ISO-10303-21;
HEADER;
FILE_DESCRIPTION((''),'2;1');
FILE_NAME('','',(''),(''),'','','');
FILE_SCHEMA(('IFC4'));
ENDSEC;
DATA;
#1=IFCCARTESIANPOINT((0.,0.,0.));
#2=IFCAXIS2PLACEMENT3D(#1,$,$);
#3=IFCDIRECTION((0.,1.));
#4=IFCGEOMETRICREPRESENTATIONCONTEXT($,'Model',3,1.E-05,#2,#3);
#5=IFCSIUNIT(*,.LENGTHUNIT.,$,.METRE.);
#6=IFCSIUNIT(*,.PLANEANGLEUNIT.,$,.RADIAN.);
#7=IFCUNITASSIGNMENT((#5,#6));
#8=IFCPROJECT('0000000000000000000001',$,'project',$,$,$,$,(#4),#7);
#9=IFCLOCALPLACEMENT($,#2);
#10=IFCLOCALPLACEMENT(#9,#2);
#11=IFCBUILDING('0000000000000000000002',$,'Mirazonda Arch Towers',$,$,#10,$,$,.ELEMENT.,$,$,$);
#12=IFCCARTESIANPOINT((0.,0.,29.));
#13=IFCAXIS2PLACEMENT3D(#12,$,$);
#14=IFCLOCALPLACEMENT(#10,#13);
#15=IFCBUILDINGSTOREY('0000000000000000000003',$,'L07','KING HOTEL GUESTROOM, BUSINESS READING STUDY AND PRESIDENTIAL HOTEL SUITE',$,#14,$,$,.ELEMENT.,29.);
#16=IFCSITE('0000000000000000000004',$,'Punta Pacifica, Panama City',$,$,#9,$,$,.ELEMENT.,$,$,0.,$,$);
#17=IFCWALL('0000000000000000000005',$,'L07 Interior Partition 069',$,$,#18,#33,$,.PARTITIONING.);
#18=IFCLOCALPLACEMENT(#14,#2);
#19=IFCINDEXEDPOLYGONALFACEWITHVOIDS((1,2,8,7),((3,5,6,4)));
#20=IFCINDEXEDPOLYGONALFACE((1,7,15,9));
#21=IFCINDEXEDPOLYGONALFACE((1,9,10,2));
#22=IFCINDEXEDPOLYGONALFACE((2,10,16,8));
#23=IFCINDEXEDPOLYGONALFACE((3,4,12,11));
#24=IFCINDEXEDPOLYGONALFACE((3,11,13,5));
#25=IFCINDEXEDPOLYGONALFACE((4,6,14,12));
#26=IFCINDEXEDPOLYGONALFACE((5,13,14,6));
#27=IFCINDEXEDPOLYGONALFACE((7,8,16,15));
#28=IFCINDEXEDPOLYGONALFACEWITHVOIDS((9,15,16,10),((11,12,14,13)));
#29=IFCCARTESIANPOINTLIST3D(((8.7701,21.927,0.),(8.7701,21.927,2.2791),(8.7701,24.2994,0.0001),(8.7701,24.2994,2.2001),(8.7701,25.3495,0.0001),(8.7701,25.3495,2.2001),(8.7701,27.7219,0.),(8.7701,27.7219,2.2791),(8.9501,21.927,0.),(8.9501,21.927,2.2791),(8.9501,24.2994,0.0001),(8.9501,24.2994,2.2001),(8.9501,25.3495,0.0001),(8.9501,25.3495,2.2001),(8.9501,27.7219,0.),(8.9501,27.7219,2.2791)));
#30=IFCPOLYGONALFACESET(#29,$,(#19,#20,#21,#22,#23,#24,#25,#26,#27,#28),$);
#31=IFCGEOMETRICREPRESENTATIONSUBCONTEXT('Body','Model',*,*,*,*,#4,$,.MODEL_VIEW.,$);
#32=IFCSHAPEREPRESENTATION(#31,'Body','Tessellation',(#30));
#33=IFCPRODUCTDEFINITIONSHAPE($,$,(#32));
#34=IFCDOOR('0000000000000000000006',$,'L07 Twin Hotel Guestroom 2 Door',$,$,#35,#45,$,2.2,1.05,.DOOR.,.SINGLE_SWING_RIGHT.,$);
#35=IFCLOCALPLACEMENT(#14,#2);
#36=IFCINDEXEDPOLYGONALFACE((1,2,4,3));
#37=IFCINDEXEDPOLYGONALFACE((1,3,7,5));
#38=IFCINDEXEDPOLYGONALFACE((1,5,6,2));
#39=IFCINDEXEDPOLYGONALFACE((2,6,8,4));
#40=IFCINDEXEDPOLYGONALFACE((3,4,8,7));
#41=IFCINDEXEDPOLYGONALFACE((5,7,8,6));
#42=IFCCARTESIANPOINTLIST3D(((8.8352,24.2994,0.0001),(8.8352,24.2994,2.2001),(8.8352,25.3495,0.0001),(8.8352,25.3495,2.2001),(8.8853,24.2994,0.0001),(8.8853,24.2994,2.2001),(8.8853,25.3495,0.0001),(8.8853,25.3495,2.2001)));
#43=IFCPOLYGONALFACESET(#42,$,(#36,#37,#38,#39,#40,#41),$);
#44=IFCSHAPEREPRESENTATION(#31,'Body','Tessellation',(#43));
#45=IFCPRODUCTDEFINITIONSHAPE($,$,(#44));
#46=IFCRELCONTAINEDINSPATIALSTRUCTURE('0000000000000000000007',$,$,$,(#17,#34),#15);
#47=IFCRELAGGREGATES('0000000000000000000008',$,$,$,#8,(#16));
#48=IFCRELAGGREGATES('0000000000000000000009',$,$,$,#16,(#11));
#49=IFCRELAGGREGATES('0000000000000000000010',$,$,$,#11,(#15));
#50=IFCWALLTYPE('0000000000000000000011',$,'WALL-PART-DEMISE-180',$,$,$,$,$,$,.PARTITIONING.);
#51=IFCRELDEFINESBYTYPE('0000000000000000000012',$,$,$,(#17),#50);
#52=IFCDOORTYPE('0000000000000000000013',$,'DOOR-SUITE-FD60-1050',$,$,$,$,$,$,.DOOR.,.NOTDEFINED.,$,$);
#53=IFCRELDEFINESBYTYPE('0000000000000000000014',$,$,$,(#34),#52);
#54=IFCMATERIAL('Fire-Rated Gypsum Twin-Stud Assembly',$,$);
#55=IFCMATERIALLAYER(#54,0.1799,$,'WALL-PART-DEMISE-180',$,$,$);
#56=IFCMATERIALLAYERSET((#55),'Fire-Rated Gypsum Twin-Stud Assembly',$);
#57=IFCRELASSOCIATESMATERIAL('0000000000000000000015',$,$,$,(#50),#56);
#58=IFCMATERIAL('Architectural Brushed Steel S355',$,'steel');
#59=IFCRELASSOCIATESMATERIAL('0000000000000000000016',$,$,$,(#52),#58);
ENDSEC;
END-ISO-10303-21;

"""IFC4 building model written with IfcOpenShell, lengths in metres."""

from ifc_helpers import new_model, si_unit, direction, frame, frame_2d, origin, place, context, subcontext, project, spatial, rectangle, extrude, material, layer, layer_set, type_object, element, fill, save


model = new_model("IFC4")

# Units and contexts
model_context = context("Model", 3, precision=1e-05, world=origin(), true_north=direction((0.0, 1.0)))
body_context = subcontext(model_context, "Body", "Model", "MODEL_VIEW")
ifc_project = project(units=[si_unit("LENGTHUNIT", "METRE"), si_unit("PLANEANGLEUNIT", "RADIAN")], contexts=[model_context])

# Site, building, storey
site_placement = place(None, origin())
site = spatial("IfcSite", under=ifc_project, at=site_placement, Name="Punta Pacifica, Panama City", CompositionType="ELEMENT", RefElevation=0.0)
building_placement = place(site_placement, origin())
building = spatial("IfcBuilding", under=site, at=building_placement, Name="Mirazonda Arch Towers", CompositionType="ELEMENT")
storey_placement = place(building_placement, frame((0.0, 0.0, 29.0)))
storey = spatial("IfcBuildingStorey", under=building, at=storey_placement, Name="L07", Description="KING HOTEL GUESTROOM, BUSINESS READING STUDY AND PRESIDENTIAL HOTEL SUITE", CompositionType="ELEMENT", Elevation=29.0)

# Shared definitions
ifc_material_1 = material(Name="Architectural Brushed Steel S355", Category="steel")

# Shared definitions
ifc_material_2 = material(Name="Fire-Rated Gypsum Twin-Stud Assembly")
ifc_layer_1 = layer(ifc_material_2, 0.1799, Name="WALL-PART-DEMISE-180")
ifc_layer_set_1 = layer_set([ifc_layer_1], Name="Fire-Rated Gypsum Twin-Stud Assembly")
wall_type_1 = type_object("IfcWallType", Name="WALL-PART-DEMISE-180", PredefinedType="PARTITIONING", material=ifc_layer_set_1)

# Wall, opening, door
wall_1_placement = place(storey_placement, frame((8.8601, 21.927, 0.0), z_axis=(0.0, 0.0, 1.0), x_axis=(0.0, 1.0, 0.0)))
wall_1 = element("IfcWall", 1, at=wall_1_placement, inside=storey, type_object=wall_type_1, Name="L07 Interior Partition 069", PredefinedType="PARTITIONING", context=body_context, shape_type="SweptSolid", body=[
    extrude(rectangle(XDim=5.7949, YDim=0.1799, at=frame_2d((2.8975, 0.0))), origin(), (0.0, 0.0, 1.0), 2.2791),
])
opening_1_placement = place(wall_1_placement, frame((2.3726, 0.0, 0.0)))
opening_1 = element("IfcOpeningElement", 2, at=opening_1_placement, cuts=wall_1, PredefinedType="OPENING", context=body_context, shape_type="SweptSolid", body=[
    extrude(rectangle(XDim=1.05, YDim=2.2, at=frame_2d((0.5249, 1.1001))), frame((0.0, 0.0999, 0.0), z_axis=(0.0, -1.0, 0.0), x_axis=(1.0, 0.0, 0.0)), (0.0, 0.0, 1.0), 0.2),
])
door_type_1 = type_object("IfcDoorType", Name="DOOR-SUITE-FD60-1050", OperationType="NOTDEFINED", PredefinedType="DOOR", material=ifc_material_1)
door_1_placement = place(opening_1_placement, origin())
door_1 = element("IfcDoor", 3, at=door_1_placement, inside=storey, type_object=door_type_1, Name="L07 Twin Hotel Guestroom 2 Door", OperationType="SINGLE_SWING_RIGHT", OverallHeight=2.2, OverallWidth=1.05, PredefinedType="DOOR", context=body_context, shape_type="SweptSolid", body=[
    extrude(rectangle(XDim=1.05, YDim=2.2, at=frame_2d((0.5249, 1.1001))), frame((0.0, 0.0249, 0.0), z_axis=(0.0, -1.0, 0.0), x_axis=(1.0, 0.0, 0.0)), (0.0, 0.0, 1.0), 0.05),
])
fill(opening_1, door_1)

save(model, "model.ifc")
